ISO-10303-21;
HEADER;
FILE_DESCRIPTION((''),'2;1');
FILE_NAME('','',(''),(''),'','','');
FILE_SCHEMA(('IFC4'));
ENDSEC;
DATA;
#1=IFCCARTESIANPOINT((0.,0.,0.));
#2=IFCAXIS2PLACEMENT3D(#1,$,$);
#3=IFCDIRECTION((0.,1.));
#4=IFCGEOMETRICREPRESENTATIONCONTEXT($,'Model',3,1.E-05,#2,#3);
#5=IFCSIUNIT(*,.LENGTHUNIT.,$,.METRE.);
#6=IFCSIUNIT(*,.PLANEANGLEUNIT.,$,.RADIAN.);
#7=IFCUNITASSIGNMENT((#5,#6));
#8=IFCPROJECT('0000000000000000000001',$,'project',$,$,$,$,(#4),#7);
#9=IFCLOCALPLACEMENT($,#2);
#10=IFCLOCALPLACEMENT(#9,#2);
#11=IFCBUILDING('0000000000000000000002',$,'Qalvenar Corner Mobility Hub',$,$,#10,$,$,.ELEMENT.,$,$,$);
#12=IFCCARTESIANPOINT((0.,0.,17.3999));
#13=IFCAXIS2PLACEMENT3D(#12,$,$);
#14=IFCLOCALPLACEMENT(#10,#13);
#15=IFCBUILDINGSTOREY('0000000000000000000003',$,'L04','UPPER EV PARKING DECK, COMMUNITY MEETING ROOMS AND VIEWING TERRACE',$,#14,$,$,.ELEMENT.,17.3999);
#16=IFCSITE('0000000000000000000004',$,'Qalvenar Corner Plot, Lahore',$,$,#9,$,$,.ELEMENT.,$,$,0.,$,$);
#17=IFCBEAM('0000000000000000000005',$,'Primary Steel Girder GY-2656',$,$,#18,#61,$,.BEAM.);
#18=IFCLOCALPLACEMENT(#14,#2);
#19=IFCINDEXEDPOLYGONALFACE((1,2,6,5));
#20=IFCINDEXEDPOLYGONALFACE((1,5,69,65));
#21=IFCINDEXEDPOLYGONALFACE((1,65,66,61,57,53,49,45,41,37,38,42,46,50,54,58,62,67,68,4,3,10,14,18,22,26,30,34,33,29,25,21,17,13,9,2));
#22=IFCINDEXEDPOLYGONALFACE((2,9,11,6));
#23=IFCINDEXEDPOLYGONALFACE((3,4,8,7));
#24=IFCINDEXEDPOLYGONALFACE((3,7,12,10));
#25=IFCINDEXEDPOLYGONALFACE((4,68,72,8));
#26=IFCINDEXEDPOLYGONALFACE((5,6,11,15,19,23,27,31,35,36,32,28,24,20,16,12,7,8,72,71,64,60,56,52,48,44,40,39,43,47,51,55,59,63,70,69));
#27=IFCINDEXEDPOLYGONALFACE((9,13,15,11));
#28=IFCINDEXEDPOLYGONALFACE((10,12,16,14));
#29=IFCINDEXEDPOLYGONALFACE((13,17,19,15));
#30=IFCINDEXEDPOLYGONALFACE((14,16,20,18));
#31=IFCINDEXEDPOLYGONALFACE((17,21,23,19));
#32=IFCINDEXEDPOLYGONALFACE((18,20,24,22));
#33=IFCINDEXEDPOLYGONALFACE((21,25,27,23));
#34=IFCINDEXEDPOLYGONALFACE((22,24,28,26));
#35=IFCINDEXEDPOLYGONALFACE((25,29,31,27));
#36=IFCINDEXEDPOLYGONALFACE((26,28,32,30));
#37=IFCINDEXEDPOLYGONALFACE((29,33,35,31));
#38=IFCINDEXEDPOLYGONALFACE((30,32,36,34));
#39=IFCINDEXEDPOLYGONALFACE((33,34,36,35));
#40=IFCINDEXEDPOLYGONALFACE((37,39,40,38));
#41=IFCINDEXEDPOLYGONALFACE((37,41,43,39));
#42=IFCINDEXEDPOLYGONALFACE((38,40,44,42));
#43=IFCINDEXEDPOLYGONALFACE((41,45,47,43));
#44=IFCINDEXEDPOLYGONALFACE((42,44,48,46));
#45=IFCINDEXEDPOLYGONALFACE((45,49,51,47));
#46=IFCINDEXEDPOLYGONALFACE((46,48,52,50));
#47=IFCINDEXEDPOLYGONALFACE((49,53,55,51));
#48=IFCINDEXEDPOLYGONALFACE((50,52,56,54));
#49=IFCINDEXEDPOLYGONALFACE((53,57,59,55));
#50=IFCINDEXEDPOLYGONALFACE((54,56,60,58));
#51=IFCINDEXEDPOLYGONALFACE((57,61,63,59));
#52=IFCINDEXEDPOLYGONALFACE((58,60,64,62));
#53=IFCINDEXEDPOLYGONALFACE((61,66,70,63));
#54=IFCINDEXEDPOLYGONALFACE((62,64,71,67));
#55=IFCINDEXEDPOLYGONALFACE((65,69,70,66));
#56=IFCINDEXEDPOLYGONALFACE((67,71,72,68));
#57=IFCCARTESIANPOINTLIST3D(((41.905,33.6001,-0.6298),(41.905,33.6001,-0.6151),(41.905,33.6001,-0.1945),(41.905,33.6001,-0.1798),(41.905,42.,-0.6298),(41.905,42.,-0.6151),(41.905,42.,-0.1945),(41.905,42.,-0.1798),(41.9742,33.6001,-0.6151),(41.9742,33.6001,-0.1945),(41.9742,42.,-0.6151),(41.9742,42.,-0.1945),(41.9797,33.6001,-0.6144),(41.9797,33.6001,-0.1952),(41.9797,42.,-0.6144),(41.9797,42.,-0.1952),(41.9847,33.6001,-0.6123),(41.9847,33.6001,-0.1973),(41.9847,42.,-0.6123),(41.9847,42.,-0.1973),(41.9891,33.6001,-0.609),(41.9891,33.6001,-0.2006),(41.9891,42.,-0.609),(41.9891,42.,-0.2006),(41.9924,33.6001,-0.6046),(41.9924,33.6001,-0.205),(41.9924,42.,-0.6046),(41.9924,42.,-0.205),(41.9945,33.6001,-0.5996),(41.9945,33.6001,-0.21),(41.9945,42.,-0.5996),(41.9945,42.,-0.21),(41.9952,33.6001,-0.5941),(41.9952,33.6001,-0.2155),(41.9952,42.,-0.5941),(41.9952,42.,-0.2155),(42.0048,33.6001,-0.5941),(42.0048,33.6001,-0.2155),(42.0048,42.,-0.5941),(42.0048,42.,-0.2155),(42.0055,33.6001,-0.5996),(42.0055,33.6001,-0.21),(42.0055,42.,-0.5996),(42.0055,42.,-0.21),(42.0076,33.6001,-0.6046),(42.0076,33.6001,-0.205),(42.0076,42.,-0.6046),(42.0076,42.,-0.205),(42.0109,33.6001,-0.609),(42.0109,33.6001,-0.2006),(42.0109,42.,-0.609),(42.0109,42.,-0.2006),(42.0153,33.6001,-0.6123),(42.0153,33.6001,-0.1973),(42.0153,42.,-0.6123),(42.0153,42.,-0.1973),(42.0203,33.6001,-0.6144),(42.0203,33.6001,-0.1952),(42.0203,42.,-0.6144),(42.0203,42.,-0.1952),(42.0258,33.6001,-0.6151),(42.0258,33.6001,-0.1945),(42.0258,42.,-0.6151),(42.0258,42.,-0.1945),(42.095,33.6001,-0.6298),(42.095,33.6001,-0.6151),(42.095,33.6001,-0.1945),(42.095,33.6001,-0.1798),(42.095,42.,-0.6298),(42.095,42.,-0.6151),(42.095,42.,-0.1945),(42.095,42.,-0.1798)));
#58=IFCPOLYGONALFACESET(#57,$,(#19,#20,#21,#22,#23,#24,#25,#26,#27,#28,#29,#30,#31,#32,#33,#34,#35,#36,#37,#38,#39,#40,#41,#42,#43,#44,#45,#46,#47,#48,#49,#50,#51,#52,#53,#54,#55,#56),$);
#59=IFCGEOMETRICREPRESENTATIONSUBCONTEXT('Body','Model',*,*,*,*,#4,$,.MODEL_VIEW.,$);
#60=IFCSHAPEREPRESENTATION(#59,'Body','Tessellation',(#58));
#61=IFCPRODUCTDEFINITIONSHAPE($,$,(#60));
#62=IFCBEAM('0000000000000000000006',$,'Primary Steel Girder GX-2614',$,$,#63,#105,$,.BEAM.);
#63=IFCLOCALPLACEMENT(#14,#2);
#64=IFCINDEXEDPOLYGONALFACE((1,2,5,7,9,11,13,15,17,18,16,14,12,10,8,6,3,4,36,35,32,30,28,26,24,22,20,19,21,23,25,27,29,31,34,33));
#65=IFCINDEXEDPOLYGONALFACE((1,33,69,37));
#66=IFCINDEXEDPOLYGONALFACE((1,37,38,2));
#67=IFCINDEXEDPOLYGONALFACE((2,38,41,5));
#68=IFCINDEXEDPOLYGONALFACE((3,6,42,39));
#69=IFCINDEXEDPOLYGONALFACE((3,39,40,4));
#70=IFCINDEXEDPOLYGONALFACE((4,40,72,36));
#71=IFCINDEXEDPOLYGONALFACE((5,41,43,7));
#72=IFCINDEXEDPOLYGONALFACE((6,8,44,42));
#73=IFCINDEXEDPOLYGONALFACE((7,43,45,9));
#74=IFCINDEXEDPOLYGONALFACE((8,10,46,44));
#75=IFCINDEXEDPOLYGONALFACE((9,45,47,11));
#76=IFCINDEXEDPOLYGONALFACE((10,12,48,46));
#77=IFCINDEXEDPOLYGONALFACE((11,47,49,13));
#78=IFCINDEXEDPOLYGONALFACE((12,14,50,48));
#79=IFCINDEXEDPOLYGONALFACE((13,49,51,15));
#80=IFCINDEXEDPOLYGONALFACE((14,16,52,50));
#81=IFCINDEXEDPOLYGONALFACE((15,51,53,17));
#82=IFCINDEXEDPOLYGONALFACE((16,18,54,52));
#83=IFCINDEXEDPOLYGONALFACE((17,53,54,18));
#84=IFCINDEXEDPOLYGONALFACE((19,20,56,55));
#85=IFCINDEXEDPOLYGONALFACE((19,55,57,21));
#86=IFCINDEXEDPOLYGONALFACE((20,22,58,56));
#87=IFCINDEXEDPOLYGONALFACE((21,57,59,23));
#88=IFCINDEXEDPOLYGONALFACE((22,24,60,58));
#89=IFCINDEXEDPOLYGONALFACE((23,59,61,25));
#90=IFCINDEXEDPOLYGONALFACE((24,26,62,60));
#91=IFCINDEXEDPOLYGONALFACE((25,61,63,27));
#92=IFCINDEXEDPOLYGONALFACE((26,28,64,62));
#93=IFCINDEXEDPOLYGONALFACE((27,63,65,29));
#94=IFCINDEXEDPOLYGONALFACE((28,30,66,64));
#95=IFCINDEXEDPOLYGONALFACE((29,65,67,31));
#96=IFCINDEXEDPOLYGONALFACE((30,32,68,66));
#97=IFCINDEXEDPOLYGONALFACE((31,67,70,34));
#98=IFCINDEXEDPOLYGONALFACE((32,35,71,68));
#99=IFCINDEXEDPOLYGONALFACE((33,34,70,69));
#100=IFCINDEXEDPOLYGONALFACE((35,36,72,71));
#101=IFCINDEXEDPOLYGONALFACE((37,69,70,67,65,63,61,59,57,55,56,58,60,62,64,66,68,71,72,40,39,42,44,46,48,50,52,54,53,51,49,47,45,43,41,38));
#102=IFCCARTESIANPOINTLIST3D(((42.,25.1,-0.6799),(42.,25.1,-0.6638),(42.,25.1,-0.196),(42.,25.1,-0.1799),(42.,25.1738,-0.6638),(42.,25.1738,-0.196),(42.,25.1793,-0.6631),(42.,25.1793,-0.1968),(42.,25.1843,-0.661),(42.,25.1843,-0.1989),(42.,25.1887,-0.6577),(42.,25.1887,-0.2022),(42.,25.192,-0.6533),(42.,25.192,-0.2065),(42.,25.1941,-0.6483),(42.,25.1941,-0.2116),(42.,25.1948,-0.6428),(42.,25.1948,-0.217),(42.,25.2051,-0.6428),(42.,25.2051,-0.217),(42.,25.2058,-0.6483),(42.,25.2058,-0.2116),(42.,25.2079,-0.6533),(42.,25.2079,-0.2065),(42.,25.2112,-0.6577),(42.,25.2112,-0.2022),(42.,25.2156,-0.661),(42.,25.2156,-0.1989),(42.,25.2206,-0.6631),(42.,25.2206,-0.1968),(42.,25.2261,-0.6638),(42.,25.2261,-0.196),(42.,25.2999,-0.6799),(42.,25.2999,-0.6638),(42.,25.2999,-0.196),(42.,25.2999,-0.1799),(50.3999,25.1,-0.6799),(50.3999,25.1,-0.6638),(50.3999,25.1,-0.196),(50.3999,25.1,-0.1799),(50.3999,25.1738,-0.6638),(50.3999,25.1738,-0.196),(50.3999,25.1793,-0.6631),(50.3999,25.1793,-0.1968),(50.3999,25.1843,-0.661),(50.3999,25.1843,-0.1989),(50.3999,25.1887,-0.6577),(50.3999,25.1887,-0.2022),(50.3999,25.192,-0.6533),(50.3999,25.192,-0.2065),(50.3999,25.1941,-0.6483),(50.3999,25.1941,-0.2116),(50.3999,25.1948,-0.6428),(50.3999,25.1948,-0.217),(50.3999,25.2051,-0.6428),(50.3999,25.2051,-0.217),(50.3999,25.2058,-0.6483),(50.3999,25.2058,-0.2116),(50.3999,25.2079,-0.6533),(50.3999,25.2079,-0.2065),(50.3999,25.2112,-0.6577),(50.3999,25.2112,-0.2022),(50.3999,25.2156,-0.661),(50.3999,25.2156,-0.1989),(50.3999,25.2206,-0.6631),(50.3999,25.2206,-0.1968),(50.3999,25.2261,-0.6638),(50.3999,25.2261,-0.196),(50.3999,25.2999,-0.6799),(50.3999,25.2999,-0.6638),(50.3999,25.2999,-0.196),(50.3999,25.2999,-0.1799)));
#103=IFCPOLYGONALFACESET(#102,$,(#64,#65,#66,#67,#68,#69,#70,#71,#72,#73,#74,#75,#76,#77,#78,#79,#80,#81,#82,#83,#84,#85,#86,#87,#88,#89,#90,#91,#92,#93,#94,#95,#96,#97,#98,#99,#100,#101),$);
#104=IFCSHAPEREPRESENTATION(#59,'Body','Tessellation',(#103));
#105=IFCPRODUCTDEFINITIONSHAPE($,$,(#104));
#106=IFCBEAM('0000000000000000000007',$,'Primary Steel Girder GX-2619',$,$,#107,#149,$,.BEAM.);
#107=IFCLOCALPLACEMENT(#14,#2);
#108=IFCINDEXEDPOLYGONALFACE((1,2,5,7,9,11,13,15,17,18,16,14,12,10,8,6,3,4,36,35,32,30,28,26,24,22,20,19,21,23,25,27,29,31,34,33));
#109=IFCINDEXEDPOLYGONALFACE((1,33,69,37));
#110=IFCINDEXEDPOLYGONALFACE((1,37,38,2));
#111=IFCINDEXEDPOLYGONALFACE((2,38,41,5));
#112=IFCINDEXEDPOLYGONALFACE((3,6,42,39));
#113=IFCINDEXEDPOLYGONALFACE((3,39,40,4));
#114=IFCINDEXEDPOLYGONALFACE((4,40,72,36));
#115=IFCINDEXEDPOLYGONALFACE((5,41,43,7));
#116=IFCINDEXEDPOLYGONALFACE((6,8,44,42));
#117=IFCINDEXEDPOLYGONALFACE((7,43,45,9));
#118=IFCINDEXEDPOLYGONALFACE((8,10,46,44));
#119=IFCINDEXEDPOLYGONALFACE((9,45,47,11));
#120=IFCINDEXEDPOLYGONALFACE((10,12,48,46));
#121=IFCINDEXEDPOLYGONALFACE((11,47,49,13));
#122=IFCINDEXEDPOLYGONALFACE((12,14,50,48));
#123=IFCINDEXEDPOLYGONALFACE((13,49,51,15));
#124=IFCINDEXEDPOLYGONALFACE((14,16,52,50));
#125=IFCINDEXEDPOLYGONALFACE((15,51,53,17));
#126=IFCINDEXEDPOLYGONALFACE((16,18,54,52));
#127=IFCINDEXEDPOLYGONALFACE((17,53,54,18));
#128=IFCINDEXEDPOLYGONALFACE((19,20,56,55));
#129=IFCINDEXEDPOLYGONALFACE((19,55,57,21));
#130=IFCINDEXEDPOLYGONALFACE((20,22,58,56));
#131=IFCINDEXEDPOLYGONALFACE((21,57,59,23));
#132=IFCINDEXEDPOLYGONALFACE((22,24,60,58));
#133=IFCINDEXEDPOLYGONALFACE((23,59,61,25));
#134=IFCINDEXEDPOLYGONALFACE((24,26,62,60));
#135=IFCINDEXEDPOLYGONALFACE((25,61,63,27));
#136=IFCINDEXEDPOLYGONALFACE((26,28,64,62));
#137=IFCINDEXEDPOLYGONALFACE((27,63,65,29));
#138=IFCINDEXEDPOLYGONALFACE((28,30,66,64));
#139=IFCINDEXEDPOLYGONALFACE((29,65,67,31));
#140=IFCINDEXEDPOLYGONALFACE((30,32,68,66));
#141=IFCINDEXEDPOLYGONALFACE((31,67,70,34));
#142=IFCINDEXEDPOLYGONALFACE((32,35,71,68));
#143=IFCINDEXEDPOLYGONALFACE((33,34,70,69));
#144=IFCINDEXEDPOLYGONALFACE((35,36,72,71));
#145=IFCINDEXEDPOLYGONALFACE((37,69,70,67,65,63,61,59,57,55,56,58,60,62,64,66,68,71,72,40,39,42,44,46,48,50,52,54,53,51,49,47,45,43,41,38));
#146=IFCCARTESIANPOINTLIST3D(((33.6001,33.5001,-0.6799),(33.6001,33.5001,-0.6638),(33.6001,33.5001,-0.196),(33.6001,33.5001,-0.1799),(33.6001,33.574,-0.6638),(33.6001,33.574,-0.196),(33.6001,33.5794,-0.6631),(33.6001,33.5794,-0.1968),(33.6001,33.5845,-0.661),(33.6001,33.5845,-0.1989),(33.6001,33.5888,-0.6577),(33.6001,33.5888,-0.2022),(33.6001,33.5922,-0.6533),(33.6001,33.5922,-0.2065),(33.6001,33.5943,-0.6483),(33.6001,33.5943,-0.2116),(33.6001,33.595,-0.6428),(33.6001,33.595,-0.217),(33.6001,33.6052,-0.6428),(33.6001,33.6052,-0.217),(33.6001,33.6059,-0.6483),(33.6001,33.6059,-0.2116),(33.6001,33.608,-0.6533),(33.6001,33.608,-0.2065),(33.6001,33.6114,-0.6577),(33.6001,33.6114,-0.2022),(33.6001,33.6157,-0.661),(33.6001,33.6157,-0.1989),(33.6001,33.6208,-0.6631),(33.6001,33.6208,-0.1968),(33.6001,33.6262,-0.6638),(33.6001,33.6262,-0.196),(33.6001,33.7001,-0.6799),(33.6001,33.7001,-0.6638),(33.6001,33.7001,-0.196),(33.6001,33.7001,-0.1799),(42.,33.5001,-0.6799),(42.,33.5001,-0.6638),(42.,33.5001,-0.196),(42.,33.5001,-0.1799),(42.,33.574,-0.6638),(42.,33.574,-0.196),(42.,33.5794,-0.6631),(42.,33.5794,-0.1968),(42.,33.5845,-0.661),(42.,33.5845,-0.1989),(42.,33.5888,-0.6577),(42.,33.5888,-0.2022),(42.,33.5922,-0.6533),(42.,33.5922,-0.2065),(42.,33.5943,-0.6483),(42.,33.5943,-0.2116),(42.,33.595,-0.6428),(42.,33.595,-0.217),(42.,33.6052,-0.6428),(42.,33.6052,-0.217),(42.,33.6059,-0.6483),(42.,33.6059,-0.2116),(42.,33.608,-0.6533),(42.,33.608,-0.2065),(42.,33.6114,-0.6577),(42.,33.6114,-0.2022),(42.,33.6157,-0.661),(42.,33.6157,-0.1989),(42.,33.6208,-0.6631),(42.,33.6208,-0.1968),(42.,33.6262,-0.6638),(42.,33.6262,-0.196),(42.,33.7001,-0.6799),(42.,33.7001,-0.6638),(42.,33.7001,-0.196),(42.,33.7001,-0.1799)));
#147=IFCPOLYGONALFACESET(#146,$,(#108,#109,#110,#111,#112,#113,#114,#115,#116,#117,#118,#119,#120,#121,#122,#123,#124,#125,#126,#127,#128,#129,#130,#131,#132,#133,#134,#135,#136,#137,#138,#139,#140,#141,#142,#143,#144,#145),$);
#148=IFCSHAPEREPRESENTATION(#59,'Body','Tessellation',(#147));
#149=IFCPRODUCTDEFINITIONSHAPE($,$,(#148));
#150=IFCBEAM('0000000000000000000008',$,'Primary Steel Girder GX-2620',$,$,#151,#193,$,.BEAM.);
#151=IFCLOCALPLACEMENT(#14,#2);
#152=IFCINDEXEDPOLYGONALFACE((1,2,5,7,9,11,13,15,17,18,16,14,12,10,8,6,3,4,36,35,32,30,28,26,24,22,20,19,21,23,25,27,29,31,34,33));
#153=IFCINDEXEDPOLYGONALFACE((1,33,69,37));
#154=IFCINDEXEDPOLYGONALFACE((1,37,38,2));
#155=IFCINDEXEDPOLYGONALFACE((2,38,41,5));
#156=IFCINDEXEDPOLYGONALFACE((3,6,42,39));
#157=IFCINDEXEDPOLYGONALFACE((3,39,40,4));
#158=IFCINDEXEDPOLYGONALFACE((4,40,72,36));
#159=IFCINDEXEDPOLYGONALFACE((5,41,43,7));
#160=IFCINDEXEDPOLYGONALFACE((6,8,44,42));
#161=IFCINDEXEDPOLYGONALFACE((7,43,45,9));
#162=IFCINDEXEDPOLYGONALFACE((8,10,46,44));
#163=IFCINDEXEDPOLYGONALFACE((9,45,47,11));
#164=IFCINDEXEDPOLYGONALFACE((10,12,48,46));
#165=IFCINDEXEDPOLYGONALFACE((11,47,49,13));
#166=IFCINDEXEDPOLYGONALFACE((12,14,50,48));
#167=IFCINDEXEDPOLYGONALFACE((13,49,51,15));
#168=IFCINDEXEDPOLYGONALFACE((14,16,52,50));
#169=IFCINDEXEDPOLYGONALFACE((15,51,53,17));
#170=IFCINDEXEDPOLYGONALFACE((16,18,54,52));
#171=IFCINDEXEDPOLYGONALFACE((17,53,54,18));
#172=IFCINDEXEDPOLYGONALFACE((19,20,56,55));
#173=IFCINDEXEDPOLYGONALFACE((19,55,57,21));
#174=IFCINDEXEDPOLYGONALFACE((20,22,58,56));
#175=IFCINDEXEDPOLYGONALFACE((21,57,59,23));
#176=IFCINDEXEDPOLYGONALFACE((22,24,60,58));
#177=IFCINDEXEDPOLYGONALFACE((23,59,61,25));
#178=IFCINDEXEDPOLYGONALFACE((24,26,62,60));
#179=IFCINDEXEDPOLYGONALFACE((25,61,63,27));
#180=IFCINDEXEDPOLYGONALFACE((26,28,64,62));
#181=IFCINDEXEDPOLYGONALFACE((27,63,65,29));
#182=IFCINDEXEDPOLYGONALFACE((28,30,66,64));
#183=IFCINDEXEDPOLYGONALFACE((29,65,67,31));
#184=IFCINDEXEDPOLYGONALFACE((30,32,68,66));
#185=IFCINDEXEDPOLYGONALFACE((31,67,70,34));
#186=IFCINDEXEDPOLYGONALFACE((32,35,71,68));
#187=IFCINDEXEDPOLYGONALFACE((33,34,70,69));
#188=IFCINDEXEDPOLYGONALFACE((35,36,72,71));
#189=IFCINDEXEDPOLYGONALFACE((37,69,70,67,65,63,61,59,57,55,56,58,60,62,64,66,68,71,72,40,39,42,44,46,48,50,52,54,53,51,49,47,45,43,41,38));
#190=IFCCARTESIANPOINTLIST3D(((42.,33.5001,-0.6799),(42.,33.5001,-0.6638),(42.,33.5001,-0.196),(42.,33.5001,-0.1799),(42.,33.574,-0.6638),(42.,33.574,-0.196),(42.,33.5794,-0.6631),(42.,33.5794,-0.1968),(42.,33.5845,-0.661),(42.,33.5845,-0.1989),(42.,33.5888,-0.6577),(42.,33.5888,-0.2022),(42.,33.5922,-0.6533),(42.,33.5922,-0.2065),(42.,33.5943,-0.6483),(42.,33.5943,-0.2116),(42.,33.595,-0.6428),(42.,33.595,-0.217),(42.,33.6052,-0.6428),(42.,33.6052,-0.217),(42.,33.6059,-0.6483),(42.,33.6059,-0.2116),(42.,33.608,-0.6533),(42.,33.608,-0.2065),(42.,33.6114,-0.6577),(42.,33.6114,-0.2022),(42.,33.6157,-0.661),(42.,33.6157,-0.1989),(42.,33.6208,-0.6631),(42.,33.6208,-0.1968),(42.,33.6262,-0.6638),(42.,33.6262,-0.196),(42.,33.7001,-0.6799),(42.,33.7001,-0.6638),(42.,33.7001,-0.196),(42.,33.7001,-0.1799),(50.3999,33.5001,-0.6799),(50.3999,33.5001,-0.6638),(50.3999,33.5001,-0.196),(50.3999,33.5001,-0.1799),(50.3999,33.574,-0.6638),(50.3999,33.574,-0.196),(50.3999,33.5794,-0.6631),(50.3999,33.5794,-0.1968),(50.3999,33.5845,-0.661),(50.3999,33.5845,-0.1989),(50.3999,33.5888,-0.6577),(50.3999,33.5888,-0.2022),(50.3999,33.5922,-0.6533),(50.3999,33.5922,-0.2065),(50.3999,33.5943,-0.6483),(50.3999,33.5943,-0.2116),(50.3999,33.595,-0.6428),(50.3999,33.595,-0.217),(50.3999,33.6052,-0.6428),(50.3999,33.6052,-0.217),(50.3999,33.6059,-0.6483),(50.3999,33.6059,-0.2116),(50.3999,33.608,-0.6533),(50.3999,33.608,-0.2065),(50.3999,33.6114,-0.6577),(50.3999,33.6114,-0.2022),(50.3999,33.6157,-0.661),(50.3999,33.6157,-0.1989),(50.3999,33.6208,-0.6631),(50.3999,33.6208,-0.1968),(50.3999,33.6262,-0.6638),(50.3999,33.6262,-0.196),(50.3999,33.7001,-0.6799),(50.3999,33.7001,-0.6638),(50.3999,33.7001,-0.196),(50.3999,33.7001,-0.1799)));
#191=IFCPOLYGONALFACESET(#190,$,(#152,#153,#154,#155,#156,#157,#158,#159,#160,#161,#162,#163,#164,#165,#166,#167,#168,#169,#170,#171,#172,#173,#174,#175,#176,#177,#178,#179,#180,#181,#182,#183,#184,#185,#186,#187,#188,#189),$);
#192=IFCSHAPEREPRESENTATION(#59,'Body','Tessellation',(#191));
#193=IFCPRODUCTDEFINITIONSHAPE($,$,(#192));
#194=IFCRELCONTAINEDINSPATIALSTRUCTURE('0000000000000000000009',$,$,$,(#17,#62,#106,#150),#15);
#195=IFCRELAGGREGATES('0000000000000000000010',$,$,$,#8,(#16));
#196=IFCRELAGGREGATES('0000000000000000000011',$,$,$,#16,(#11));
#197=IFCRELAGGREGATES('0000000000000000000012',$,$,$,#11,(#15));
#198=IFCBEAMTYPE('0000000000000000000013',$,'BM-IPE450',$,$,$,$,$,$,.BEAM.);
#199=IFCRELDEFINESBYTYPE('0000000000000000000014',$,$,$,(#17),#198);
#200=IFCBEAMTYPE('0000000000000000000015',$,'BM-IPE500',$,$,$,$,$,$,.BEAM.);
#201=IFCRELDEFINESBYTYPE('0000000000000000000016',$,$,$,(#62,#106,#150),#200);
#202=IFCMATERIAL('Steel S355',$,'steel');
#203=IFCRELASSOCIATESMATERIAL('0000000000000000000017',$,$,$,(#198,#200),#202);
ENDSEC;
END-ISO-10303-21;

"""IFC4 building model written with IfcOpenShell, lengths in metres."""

from ifc_helpers import new_model, si_unit, direction, frame, origin, origin_2d, place, context, subcontext, project, spatial, i_section, extrude, material, material_profile, profile_set, type_object, element, save


model = new_model("IFC4")

# Units and contexts
model_context = context("Model", 3, precision=1e-05, world=origin(), true_north=direction((0.0, 1.0)))
body_context = subcontext(model_context, "Body", "Model", "MODEL_VIEW")
ifc_project = project(units=[si_unit("LENGTHUNIT", "METRE"), si_unit("PLANEANGLEUNIT", "RADIAN")], contexts=[model_context])

# Site, building, storey
site_placement = place(None, origin())
site = spatial("IfcSite", under=ifc_project, at=site_placement, Name="Qalvenar Corner Plot, Lahore", CompositionType="ELEMENT", RefElevation=0.0)
building_placement = place(site_placement, origin())
building = spatial("IfcBuilding", under=site, at=building_placement, Name="Qalvenar Corner Mobility Hub", CompositionType="ELEMENT")
storey_placement = place(building_placement, frame((0.0, 0.0, 17.3999)))
storey = spatial("IfcBuildingStorey", under=building, at=storey_placement, Name="L04", Description="UPPER EV PARKING DECK, COMMUNITY MEETING ROOMS AND VIEWING TERRACE", CompositionType="ELEMENT", Elevation=17.3999)

# Shared definitions
ifc_material_1 = material(Name="Steel S355", Category="steel")

# Beams
ifc_material_profile_1 = material_profile(ifc_material_1, i_section(OverallWidth=0.1899, OverallDepth=0.45, WebThickness=0.0095, FlangeThickness=0.0146, FilletRadius=0.021, at=origin_2d()), Name="IPE450")
ifc_profile_set_1 = profile_set([ifc_material_profile_1], Name="Steel S355")
beam_type_1 = type_object("IfcBeamType", Name="BM-IPE450", PredefinedType="BEAM", material=ifc_profile_set_1)
beam_1_placement = place(storey_placement, frame((42.0, 33.6001, -0.4048), z_axis=(0.0, 1.0, 0.0), x_axis=(-1.0, 0.0, 0.0)))
element("IfcBeam", 1, at=beam_1_placement, inside=storey, type_object=beam_type_1, Name="Primary Steel Girder GY-2656", PredefinedType="BEAM", context=body_context, shape_type="SweptSolid", body=[
    extrude(i_section(OverallWidth=0.1899, OverallDepth=0.45, WebThickness=0.0095, FlangeThickness=0.0146, FilletRadius=0.021, at=origin_2d()), origin(), (0.0, 0.0, 1.0), 8.3999),
])
ifc_material_profile_2 = material_profile(ifc_material_1, i_section(OverallWidth=0.2, OverallDepth=0.5, WebThickness=0.0103, FlangeThickness=0.0161, FilletRadius=0.021, at=origin_2d()), Name="IPE500")
ifc_profile_set_2 = profile_set([ifc_material_profile_2], Name="Steel S355")
beam_type_2 = type_object("IfcBeamType", Name="BM-IPE500", PredefinedType="BEAM", material=ifc_profile_set_2)
for number, where, z_axis, x_axis, name in (
    (2, (42.0, 25.2, -0.4299), (1.0, 0.0, 0.0), (0.0, 1.0, 0.0), "Primary Steel Girder GX-2614"),
    (3, (33.6001, 33.6001, -0.4299), (1.0, 0.0, 0.0), (0.0, 1.0, 0.0), "Primary Steel Girder GX-2619"),
    (4, (42.0, 33.6001, -0.4299), (1.0, 0.0, 0.0), (0.0, 1.0, 0.0), "Primary Steel Girder GX-2620"),
):
    element("IfcBeam", number, at=place(storey_placement, frame(where, z_axis=z_axis, x_axis=x_axis)), inside=storey, type_object=beam_type_2, Name=name, PredefinedType="BEAM", context=body_context, shape_type="SweptSolid", body=[
        extrude(i_section(OverallWidth=0.2, OverallDepth=0.5, WebThickness=0.0103, FlangeThickness=0.0161, FilletRadius=0.021, at=origin_2d()), origin(), (0.0, 0.0, 1.0), 8.3999),
    ])

save(model, "model.ifc")
